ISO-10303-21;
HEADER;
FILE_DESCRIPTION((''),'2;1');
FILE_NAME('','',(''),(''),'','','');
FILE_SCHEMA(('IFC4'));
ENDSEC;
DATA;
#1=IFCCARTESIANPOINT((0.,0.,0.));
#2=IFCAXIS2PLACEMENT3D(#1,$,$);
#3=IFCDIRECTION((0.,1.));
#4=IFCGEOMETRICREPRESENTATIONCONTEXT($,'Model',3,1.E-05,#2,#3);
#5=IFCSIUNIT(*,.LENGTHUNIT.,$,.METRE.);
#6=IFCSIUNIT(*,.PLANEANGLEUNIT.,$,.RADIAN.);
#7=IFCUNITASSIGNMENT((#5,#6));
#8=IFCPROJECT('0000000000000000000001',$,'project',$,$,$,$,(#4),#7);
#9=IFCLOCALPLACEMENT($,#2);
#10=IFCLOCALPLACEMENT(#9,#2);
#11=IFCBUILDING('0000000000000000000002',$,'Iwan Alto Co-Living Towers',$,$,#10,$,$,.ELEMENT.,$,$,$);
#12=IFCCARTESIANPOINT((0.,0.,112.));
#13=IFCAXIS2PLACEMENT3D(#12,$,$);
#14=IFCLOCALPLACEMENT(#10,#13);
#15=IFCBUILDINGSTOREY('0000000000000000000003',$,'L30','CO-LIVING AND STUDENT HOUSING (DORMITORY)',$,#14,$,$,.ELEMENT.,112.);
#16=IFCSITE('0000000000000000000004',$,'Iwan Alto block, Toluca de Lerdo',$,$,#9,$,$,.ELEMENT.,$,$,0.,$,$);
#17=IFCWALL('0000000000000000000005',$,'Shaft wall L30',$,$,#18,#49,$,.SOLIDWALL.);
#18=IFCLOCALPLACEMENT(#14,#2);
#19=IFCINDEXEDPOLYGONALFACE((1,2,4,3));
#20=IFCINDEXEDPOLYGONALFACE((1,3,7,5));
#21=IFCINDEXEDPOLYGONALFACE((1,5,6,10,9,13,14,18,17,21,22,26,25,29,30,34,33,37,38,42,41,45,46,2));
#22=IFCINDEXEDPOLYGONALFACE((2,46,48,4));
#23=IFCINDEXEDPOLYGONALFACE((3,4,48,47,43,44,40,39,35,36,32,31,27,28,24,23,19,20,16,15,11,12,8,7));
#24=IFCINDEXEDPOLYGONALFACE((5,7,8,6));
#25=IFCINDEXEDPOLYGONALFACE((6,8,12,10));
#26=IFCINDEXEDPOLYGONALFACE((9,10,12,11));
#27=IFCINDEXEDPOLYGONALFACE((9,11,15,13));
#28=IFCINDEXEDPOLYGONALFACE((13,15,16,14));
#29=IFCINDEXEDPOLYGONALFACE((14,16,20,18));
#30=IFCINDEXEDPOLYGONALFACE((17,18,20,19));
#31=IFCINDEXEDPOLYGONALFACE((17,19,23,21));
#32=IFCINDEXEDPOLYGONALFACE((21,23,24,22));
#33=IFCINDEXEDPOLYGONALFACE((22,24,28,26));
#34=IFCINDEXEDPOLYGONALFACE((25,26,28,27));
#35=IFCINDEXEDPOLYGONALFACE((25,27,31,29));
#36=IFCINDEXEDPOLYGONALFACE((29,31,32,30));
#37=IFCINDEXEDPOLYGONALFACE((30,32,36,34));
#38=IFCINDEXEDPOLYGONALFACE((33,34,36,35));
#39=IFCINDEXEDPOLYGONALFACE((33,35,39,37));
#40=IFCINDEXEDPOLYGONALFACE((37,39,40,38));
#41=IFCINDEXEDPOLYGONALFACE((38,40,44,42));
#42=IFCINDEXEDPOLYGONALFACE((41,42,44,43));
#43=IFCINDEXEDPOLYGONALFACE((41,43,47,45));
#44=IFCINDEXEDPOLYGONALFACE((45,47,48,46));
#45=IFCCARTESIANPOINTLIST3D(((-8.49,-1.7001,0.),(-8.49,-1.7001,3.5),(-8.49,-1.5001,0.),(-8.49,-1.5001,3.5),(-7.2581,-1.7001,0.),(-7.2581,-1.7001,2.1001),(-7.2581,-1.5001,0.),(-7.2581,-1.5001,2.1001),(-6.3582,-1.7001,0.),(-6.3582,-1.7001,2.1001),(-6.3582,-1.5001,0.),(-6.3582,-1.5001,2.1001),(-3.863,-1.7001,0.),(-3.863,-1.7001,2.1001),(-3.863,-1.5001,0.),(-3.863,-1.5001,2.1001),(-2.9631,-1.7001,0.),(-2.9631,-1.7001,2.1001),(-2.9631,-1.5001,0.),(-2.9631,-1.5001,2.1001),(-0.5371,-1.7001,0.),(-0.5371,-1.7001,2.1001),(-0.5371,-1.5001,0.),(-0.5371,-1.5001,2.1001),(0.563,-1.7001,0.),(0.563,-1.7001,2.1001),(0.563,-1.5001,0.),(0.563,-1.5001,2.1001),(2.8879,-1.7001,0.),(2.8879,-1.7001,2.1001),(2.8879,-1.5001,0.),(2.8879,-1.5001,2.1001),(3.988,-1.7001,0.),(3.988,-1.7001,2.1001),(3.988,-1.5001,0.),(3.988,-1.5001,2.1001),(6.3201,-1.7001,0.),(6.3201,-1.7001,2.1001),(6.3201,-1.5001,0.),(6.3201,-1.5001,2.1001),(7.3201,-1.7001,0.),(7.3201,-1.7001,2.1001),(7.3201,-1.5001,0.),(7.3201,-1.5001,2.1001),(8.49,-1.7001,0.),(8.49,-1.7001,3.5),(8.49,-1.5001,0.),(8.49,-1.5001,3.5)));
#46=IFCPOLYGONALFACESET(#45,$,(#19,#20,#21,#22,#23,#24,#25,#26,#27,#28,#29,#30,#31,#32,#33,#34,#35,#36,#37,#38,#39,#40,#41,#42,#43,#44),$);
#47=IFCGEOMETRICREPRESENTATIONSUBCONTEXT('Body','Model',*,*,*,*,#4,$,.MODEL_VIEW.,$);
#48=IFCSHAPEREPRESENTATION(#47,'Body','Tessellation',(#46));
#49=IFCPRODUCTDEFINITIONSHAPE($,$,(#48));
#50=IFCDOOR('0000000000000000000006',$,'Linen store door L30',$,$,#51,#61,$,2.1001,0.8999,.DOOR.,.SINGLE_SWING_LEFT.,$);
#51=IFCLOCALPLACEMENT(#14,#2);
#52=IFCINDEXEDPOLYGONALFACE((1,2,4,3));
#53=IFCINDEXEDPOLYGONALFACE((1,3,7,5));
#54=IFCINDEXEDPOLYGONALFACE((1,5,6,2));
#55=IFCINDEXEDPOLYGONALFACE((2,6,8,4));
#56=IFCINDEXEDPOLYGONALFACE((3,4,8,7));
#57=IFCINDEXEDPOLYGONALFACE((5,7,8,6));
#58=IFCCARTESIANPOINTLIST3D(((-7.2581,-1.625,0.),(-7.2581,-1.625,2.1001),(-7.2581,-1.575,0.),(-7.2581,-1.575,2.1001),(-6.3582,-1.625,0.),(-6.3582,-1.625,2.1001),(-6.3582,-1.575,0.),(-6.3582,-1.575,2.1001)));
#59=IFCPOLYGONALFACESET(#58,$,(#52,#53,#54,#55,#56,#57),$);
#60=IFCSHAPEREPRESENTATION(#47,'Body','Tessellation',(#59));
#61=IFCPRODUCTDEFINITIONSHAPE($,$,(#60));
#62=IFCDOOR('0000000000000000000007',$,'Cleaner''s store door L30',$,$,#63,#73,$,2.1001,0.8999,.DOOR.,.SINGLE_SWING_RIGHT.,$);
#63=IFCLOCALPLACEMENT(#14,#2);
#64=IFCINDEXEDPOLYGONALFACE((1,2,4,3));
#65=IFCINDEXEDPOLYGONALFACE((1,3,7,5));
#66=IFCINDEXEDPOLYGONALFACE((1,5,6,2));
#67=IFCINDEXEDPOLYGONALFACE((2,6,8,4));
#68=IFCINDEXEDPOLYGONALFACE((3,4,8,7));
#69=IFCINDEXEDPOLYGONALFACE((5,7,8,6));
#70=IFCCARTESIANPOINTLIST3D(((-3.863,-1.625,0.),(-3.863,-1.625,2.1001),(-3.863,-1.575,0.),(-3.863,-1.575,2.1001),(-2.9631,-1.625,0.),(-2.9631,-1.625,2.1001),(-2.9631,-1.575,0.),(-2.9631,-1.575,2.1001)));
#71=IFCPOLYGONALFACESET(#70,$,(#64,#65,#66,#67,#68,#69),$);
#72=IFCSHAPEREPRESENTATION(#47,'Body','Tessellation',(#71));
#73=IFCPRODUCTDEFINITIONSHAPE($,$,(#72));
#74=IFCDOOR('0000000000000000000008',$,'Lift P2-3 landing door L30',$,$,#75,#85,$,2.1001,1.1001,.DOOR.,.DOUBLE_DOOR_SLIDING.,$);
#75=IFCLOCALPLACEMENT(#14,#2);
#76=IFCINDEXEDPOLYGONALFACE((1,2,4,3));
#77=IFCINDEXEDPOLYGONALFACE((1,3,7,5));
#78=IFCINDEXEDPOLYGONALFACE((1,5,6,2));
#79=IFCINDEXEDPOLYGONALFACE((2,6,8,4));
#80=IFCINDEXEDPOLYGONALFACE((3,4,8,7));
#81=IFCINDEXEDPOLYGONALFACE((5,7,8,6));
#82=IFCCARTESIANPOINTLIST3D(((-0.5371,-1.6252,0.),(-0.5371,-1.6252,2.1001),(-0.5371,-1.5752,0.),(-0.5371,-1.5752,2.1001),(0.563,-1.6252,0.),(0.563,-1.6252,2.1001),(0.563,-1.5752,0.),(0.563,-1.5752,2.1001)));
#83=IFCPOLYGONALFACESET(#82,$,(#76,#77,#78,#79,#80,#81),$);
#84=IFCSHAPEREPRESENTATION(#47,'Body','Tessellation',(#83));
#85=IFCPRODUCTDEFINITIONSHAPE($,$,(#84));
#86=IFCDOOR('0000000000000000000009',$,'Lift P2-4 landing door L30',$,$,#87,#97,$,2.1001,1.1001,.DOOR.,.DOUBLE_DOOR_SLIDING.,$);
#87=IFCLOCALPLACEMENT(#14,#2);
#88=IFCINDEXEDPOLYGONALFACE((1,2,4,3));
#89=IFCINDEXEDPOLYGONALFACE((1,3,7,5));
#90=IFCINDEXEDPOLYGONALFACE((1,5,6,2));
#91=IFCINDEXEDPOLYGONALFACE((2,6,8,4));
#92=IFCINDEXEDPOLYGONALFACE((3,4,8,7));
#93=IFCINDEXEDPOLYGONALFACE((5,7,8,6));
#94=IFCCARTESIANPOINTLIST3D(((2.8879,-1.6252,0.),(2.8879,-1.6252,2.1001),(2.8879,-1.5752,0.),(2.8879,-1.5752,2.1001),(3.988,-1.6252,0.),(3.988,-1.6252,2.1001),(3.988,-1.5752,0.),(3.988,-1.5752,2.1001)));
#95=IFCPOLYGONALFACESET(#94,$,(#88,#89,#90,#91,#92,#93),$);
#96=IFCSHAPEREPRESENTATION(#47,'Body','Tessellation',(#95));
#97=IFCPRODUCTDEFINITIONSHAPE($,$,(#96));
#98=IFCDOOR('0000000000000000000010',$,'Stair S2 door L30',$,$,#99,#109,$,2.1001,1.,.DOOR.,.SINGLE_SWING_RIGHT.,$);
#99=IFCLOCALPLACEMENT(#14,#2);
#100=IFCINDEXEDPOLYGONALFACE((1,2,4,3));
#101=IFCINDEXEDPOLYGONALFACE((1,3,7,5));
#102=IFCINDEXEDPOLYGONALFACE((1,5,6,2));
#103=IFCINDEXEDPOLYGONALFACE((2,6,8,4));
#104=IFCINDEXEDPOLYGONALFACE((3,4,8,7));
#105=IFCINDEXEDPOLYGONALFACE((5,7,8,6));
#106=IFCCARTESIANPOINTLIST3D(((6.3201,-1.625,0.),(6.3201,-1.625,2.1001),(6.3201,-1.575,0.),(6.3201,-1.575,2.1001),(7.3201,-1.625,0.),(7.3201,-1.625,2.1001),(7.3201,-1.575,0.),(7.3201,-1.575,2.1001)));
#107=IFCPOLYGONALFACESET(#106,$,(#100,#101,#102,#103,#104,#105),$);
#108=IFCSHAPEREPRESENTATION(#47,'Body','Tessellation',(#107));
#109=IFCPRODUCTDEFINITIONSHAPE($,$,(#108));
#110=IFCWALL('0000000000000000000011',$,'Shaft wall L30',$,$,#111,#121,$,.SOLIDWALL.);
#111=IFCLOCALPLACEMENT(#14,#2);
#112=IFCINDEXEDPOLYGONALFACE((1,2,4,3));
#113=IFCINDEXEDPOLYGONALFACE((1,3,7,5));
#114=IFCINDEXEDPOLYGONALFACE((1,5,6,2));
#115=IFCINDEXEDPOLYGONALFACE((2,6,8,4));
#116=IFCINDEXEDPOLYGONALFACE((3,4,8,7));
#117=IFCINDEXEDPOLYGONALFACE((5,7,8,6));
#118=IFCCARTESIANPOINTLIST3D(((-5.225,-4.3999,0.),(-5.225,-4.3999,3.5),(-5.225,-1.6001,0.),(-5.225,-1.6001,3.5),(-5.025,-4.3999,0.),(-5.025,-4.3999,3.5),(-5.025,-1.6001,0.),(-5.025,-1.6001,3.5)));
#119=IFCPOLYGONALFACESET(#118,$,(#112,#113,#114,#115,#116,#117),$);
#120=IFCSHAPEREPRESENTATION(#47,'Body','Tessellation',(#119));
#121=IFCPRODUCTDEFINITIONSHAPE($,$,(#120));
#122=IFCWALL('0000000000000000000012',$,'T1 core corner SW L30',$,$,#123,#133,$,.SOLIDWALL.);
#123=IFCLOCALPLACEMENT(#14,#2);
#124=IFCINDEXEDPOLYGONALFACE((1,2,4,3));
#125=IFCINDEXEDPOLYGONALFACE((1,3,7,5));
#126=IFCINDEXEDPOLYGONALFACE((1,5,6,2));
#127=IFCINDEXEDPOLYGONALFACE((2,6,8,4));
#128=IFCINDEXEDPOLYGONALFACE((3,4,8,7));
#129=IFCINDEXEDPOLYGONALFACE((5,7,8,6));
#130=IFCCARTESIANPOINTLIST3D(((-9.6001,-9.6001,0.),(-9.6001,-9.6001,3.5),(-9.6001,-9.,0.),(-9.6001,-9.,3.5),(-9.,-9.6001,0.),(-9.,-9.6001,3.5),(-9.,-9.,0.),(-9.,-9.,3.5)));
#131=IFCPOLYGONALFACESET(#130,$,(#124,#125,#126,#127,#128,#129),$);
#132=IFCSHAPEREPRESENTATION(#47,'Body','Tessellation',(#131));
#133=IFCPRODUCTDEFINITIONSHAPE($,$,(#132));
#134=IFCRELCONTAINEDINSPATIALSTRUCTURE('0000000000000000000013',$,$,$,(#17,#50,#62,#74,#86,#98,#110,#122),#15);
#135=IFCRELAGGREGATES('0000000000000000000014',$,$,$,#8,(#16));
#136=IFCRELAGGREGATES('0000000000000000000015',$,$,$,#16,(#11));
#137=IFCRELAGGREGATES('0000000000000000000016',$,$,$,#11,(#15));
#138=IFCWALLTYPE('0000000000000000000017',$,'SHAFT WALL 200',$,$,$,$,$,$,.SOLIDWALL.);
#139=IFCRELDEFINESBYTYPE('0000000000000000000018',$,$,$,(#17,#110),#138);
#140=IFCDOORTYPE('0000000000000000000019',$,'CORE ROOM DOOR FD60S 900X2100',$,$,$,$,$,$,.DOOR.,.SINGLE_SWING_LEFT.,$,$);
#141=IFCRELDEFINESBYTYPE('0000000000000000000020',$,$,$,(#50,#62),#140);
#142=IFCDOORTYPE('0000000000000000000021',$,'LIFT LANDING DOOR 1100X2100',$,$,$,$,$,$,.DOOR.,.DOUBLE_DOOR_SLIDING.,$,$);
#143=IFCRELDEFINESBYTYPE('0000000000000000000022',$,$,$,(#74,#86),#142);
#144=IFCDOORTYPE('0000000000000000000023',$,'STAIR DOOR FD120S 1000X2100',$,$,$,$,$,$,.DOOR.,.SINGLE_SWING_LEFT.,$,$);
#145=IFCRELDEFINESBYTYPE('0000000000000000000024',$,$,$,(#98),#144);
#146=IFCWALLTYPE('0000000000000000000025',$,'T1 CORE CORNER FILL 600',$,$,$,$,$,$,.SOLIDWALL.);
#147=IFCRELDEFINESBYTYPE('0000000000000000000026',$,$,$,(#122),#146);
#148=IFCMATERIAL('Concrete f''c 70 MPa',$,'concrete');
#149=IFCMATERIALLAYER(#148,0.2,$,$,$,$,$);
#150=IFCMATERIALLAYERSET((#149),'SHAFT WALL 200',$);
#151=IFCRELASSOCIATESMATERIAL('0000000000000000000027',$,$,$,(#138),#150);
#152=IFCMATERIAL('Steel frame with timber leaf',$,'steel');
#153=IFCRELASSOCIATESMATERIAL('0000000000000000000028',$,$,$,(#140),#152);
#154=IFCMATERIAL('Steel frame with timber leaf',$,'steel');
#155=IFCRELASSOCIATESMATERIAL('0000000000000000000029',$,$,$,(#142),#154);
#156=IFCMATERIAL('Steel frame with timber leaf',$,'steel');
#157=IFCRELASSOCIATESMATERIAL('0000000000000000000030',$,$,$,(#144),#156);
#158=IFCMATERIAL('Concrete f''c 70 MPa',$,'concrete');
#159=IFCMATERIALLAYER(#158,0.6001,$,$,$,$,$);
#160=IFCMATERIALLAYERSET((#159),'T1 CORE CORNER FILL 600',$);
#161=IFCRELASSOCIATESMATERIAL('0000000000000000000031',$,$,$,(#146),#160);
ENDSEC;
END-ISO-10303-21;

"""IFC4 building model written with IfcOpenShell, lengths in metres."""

from ifc_helpers import new_model, si_unit, direction, frame, frame_2d, origin, place, context, subcontext, project, spatial, rectangle, extrude, material, layer, layer_set, type_object, element, fill, save


model = new_model("IFC4")

# Units and contexts
model_context = context("Model", 3, precision=1e-05, world=origin(), true_north=direction((0.0, 1.0)))
body_context = subcontext(model_context, "Body", "Model", "MODEL_VIEW")
ifc_project = project(units=[si_unit("LENGTHUNIT", "METRE"), si_unit("PLANEANGLEUNIT", "RADIAN")], contexts=[model_context])

# Site, building, storey
site_placement = place(None, origin())
site = spatial("IfcSite", under=ifc_project, at=site_placement, Name="Iwan Alto block, Toluca de Lerdo", CompositionType="ELEMENT", RefElevation=0.0)
building_placement = place(site_placement, origin())
building = spatial("IfcBuilding", under=site, at=building_placement, Name="Iwan Alto Co-Living Towers", CompositionType="ELEMENT")
storey_placement = place(building_placement, frame((0.0, 0.0, 112.0)))
storey = spatial("IfcBuildingStorey", under=building, at=storey_placement, Name="L30", Description="CO-LIVING AND STUDENT HOUSING (DORMITORY)", CompositionType="ELEMENT", Elevation=112.0)

# Shared definitions
ifc_material_1 = material(Name="Concrete f'c 70 MPa", Category="concrete")
ifc_layer_1 = layer(ifc_material_1, 0.2)
ifc_layer_set_1 = layer_set([ifc_layer_1], Name="SHAFT WALL 200")
wall_type_1 = type_object("IfcWallType", Name="SHAFT WALL 200", PredefinedType="SOLIDWALL", material=ifc_layer_set_1)

# Wall, openings, doors
wall_1_placement = place(storey_placement, frame((-8.49, -1.6001, 0.0), z_axis=(0.0, 0.0, 1.0), x_axis=(1.0, 0.0, 0.0)))
wall_1 = element("IfcWall", 1, at=wall_1_placement, inside=storey, type_object=wall_type_1, Name="Shaft wall L30", PredefinedType="SOLIDWALL", context=body_context, shape_type="SweptSolid", body=[
    extrude(rectangle(XDim=16.98, YDim=0.2, at=frame_2d((8.49, 0.0))), origin(), (0.0, 0.0, 1.0), 3.5),
])
opening_1_placement = place(wall_1_placement, frame((14.8101, 0.0, 0.0)))
opening_1 = element("IfcOpeningElement", 2, at=opening_1_placement, cuts=wall_1, PredefinedType="OPENING", context=body_context, shape_type="SweptSolid", body=[
    extrude(rectangle(XDim=1.0, YDim=2.1001, at=frame_2d((0.5, 1.05))), frame((0.0, 0.1099, 0.0), z_axis=(0.0, -1.0, 0.0), x_axis=(1.0, 0.0, 0.0)), (0.0, 0.0, 1.0), 0.22),
])
opening_2_placement = place(wall_1_placement, frame((1.2319, 0.0, 0.0)))
opening_2 = element("IfcOpeningElement", 3, at=opening_2_placement, cuts=wall_1, PredefinedType="OPENING", context=body_context, shape_type="SweptSolid", body=[
    extrude(rectangle(XDim=0.8999, YDim=2.1001, at=frame_2d((0.45, 1.05))), frame((0.0, 0.1099, 0.0), z_axis=(0.0, -1.0, 0.0), x_axis=(1.0, 0.0, 0.0)), (0.0, 0.0, 1.0), 0.22),
])
opening_3_placement = place(wall_1_placement, frame((4.627, 0.0, 0.0)))
opening_3 = element("IfcOpeningElement", 4, at=opening_3_placement, cuts=wall_1, PredefinedType="OPENING", context=body_context, shape_type="SweptSolid", body=[
    extrude(rectangle(XDim=0.8999, YDim=2.1001, at=frame_2d((0.45, 1.05))), frame((0.0, 0.1099, 0.0), z_axis=(0.0, -1.0, 0.0), x_axis=(1.0, 0.0, 0.0)), (0.0, 0.0, 1.0), 0.22),
])
opening_4_placement = place(wall_1_placement, frame((7.9529, 0.0, 0.0)))
opening_4 = element("IfcOpeningElement", 5, at=opening_4_placement, cuts=wall_1, PredefinedType="OPENING", context=body_context, shape_type="SweptSolid", body=[
    extrude(rectangle(XDim=1.1001, YDim=2.1001, at=frame_2d((0.55, 1.05))), frame((0.0, 0.1099, 0.0), z_axis=(0.0, -1.0, 0.0), x_axis=(1.0, 0.0, 0.0)), (0.0, 0.0, 1.0), 0.22),
])
opening_5_placement = place(wall_1_placement, frame((11.3779, 0.0, 0.0)))
opening_5 = element("IfcOpeningElement", 6, at=opening_5_placement, cuts=wall_1, PredefinedType="OPENING", context=body_context, shape_type="SweptSolid", body=[
    extrude(rectangle(XDim=1.1001, YDim=2.1001, at=frame_2d((0.55, 1.05))), frame((0.0, 0.1099, 0.0), z_axis=(0.0, -1.0, 0.0), x_axis=(1.0, 0.0, 0.0)), (0.0, 0.0, 1.0), 0.22),
])
ifc_material_2 = material(Name="Steel frame with timber leaf", Category="steel")
door_type_1 = type_object("IfcDoorType", Name="CORE ROOM DOOR FD60S 900X2100", OperationType="SINGLE_SWING_LEFT", PredefinedType="DOOR", material=ifc_material_2)
door_1_placement = place(opening_2_placement, frame((0.8999, 0.0, 0.0), z_axis=(0.0, 0.0, 1.0), x_axis=(-1.0, 0.0, 0.0)))
door_1 = element("IfcDoor", 7, at=door_1_placement, inside=storey, type_object=door_type_1, Name="Linen store door L30", OperationType="SINGLE_SWING_LEFT", OverallHeight=2.1001, OverallWidth=0.8999, PredefinedType="DOOR", context=body_context, shape_type="SweptSolid", body=[
    extrude(rectangle(XDim=0.8999, YDim=2.1001, at=frame_2d((0.45, 1.05))), frame((0.0, 0.0249, 0.0), z_axis=(0.0, -1.0, 0.0), x_axis=(1.0, 0.0, 0.0)), (0.0, 0.0, 1.0), 0.05),
])
fill(opening_2, door_1)
door_2_placement = place(opening_3_placement, frame((0.8999, 0.0, 0.0), z_axis=(0.0, 0.0, 1.0), x_axis=(-1.0, 0.0, 0.0)))
door_2 = element("IfcDoor", 8, at=door_2_placement, inside=storey, type_object=door_type_1, Name="Cleaner's store door L30", OperationType="SINGLE_SWING_RIGHT", OverallHeight=2.1001, OverallWidth=0.8999, PredefinedType="DOOR", context=body_context, shape_type="SweptSolid", body=[
    extrude(rectangle(XDim=0.8999, YDim=2.1001, at=frame_2d((0.45, 1.05))), frame((0.0, 0.0249, 0.0), z_axis=(0.0, -1.0, 0.0), x_axis=(1.0, 0.0, 0.0)), (0.0, 0.0, 1.0), 0.05),
])
fill(opening_3, door_2)
ifc_material_3 = material(Name="Steel frame with timber leaf", Category="steel")
door_type_2 = type_object("IfcDoorType", Name="LIFT LANDING DOOR 1100X2100", OperationType="DOUBLE_DOOR_SLIDING", PredefinedType="DOOR", material=ifc_material_3)
door_3_placement = place(opening_4_placement, origin())
door_3 = element("IfcDoor", 9, at=door_3_placement, inside=storey, type_object=door_type_2, Name="Lift P2-3 landing door L30", OperationType="DOUBLE_DOOR_SLIDING", OverallHeight=2.1001, OverallWidth=1.1001, PredefinedType="DOOR", context=body_context, shape_type="SweptSolid", body=[
    extrude(rectangle(XDim=1.1001, YDim=2.1001, at=frame_2d((0.55, 1.05))), frame((0.0, 0.0249, 0.0), z_axis=(0.0, -1.0, 0.0), x_axis=(1.0, 0.0, 0.0)), (0.0, 0.0, 1.0), 0.05),
])
fill(opening_4, door_3)
door_4_placement = place(opening_5_placement, origin())
door_4 = element("IfcDoor", 10, at=door_4_placement, inside=storey, type_object=door_type_2, Name="Lift P2-4 landing door L30", OperationType="DOUBLE_DOOR_SLIDING", OverallHeight=2.1001, OverallWidth=1.1001, PredefinedType="DOOR", context=body_context, shape_type="SweptSolid", body=[
    extrude(rectangle(XDim=1.1001, YDim=2.1001, at=frame_2d((0.55, 1.05))), frame((0.0, 0.0249, 0.0), z_axis=(0.0, -1.0, 0.0), x_axis=(1.0, 0.0, 0.0)), (0.0, 0.0, 1.0), 0.05),
])
fill(opening_5, door_4)
ifc_material_4 = material(Name="Steel frame with timber leaf", Category="steel")
door_type_3 = type_object("IfcDoorType", Name="STAIR DOOR FD120S 1000X2100", OperationType="SINGLE_SWING_LEFT", PredefinedType="DOOR", material=ifc_material_4)
door_5_placement = place(opening_1_placement, frame((1.0, 0.0, 0.0), z_axis=(0.0, 0.0, 1.0), x_axis=(-1.0, 0.0, 0.0)))
door_5 = element("IfcDoor", 11, at=door_5_placement, inside=storey, type_object=door_type_3, Name="Stair S2 door L30", OperationType="SINGLE_SWING_RIGHT", OverallHeight=2.1001, OverallWidth=1.0, PredefinedType="DOOR", context=body_context, shape_type="SweptSolid", body=[
    extrude(rectangle(XDim=1.0, YDim=2.1001, at=frame_2d((0.5, 1.05))), frame((0.0, 0.0249, 0.0), z_axis=(0.0, -1.0, 0.0), x_axis=(1.0, 0.0, 0.0)), (0.0, 0.0, 1.0), 0.05),
])
fill(opening_1, door_5)

# Walls
wall_2_placement = place(storey_placement, frame((-5.125, -4.3999, 0.0), z_axis=(0.0, 0.0, 1.0), x_axis=(0.0, 1.0, 0.0)))
element("IfcWall", 12, at=wall_2_placement, inside=storey, type_object=wall_type_1, Name="Shaft wall L30", PredefinedType="SOLIDWALL", context=body_context, shape_type="SweptSolid", body=[
    extrude(rectangle(XDim=2.7998, YDim=0.2, at=frame_2d((1.3999, 0.0))), origin(), (0.0, 0.0, 1.0), 3.5),
])
ifc_material_5 = material(Name="Concrete f'c 70 MPa", Category="concrete")
ifc_layer_2 = layer(ifc_material_5, 0.6001)
ifc_layer_set_2 = layer_set([ifc_layer_2], Name="T1 CORE CORNER FILL 600")
wall_type_2 = type_object("IfcWallType", Name="T1 CORE CORNER FILL 600", PredefinedType="SOLIDWALL", material=ifc_layer_set_2)
wall_3_placement = place(storey_placement, frame((-9.6001, -9.3, 0.0), z_axis=(0.0, 0.0, 1.0), x_axis=(1.0, 0.0, 0.0)))
element("IfcWall", 13, at=wall_3_placement, inside=storey, type_object=wall_type_2, Name="T1 core corner SW L30", PredefinedType="SOLIDWALL", context=body_context, shape_type="SweptSolid", body=[
    extrude(rectangle(XDim=0.6001, YDim=0.6001, at=frame_2d((0.3, 0.0))), origin(), (0.0, 0.0, 1.0), 3.5),
])

save(model, "model.ifc")
